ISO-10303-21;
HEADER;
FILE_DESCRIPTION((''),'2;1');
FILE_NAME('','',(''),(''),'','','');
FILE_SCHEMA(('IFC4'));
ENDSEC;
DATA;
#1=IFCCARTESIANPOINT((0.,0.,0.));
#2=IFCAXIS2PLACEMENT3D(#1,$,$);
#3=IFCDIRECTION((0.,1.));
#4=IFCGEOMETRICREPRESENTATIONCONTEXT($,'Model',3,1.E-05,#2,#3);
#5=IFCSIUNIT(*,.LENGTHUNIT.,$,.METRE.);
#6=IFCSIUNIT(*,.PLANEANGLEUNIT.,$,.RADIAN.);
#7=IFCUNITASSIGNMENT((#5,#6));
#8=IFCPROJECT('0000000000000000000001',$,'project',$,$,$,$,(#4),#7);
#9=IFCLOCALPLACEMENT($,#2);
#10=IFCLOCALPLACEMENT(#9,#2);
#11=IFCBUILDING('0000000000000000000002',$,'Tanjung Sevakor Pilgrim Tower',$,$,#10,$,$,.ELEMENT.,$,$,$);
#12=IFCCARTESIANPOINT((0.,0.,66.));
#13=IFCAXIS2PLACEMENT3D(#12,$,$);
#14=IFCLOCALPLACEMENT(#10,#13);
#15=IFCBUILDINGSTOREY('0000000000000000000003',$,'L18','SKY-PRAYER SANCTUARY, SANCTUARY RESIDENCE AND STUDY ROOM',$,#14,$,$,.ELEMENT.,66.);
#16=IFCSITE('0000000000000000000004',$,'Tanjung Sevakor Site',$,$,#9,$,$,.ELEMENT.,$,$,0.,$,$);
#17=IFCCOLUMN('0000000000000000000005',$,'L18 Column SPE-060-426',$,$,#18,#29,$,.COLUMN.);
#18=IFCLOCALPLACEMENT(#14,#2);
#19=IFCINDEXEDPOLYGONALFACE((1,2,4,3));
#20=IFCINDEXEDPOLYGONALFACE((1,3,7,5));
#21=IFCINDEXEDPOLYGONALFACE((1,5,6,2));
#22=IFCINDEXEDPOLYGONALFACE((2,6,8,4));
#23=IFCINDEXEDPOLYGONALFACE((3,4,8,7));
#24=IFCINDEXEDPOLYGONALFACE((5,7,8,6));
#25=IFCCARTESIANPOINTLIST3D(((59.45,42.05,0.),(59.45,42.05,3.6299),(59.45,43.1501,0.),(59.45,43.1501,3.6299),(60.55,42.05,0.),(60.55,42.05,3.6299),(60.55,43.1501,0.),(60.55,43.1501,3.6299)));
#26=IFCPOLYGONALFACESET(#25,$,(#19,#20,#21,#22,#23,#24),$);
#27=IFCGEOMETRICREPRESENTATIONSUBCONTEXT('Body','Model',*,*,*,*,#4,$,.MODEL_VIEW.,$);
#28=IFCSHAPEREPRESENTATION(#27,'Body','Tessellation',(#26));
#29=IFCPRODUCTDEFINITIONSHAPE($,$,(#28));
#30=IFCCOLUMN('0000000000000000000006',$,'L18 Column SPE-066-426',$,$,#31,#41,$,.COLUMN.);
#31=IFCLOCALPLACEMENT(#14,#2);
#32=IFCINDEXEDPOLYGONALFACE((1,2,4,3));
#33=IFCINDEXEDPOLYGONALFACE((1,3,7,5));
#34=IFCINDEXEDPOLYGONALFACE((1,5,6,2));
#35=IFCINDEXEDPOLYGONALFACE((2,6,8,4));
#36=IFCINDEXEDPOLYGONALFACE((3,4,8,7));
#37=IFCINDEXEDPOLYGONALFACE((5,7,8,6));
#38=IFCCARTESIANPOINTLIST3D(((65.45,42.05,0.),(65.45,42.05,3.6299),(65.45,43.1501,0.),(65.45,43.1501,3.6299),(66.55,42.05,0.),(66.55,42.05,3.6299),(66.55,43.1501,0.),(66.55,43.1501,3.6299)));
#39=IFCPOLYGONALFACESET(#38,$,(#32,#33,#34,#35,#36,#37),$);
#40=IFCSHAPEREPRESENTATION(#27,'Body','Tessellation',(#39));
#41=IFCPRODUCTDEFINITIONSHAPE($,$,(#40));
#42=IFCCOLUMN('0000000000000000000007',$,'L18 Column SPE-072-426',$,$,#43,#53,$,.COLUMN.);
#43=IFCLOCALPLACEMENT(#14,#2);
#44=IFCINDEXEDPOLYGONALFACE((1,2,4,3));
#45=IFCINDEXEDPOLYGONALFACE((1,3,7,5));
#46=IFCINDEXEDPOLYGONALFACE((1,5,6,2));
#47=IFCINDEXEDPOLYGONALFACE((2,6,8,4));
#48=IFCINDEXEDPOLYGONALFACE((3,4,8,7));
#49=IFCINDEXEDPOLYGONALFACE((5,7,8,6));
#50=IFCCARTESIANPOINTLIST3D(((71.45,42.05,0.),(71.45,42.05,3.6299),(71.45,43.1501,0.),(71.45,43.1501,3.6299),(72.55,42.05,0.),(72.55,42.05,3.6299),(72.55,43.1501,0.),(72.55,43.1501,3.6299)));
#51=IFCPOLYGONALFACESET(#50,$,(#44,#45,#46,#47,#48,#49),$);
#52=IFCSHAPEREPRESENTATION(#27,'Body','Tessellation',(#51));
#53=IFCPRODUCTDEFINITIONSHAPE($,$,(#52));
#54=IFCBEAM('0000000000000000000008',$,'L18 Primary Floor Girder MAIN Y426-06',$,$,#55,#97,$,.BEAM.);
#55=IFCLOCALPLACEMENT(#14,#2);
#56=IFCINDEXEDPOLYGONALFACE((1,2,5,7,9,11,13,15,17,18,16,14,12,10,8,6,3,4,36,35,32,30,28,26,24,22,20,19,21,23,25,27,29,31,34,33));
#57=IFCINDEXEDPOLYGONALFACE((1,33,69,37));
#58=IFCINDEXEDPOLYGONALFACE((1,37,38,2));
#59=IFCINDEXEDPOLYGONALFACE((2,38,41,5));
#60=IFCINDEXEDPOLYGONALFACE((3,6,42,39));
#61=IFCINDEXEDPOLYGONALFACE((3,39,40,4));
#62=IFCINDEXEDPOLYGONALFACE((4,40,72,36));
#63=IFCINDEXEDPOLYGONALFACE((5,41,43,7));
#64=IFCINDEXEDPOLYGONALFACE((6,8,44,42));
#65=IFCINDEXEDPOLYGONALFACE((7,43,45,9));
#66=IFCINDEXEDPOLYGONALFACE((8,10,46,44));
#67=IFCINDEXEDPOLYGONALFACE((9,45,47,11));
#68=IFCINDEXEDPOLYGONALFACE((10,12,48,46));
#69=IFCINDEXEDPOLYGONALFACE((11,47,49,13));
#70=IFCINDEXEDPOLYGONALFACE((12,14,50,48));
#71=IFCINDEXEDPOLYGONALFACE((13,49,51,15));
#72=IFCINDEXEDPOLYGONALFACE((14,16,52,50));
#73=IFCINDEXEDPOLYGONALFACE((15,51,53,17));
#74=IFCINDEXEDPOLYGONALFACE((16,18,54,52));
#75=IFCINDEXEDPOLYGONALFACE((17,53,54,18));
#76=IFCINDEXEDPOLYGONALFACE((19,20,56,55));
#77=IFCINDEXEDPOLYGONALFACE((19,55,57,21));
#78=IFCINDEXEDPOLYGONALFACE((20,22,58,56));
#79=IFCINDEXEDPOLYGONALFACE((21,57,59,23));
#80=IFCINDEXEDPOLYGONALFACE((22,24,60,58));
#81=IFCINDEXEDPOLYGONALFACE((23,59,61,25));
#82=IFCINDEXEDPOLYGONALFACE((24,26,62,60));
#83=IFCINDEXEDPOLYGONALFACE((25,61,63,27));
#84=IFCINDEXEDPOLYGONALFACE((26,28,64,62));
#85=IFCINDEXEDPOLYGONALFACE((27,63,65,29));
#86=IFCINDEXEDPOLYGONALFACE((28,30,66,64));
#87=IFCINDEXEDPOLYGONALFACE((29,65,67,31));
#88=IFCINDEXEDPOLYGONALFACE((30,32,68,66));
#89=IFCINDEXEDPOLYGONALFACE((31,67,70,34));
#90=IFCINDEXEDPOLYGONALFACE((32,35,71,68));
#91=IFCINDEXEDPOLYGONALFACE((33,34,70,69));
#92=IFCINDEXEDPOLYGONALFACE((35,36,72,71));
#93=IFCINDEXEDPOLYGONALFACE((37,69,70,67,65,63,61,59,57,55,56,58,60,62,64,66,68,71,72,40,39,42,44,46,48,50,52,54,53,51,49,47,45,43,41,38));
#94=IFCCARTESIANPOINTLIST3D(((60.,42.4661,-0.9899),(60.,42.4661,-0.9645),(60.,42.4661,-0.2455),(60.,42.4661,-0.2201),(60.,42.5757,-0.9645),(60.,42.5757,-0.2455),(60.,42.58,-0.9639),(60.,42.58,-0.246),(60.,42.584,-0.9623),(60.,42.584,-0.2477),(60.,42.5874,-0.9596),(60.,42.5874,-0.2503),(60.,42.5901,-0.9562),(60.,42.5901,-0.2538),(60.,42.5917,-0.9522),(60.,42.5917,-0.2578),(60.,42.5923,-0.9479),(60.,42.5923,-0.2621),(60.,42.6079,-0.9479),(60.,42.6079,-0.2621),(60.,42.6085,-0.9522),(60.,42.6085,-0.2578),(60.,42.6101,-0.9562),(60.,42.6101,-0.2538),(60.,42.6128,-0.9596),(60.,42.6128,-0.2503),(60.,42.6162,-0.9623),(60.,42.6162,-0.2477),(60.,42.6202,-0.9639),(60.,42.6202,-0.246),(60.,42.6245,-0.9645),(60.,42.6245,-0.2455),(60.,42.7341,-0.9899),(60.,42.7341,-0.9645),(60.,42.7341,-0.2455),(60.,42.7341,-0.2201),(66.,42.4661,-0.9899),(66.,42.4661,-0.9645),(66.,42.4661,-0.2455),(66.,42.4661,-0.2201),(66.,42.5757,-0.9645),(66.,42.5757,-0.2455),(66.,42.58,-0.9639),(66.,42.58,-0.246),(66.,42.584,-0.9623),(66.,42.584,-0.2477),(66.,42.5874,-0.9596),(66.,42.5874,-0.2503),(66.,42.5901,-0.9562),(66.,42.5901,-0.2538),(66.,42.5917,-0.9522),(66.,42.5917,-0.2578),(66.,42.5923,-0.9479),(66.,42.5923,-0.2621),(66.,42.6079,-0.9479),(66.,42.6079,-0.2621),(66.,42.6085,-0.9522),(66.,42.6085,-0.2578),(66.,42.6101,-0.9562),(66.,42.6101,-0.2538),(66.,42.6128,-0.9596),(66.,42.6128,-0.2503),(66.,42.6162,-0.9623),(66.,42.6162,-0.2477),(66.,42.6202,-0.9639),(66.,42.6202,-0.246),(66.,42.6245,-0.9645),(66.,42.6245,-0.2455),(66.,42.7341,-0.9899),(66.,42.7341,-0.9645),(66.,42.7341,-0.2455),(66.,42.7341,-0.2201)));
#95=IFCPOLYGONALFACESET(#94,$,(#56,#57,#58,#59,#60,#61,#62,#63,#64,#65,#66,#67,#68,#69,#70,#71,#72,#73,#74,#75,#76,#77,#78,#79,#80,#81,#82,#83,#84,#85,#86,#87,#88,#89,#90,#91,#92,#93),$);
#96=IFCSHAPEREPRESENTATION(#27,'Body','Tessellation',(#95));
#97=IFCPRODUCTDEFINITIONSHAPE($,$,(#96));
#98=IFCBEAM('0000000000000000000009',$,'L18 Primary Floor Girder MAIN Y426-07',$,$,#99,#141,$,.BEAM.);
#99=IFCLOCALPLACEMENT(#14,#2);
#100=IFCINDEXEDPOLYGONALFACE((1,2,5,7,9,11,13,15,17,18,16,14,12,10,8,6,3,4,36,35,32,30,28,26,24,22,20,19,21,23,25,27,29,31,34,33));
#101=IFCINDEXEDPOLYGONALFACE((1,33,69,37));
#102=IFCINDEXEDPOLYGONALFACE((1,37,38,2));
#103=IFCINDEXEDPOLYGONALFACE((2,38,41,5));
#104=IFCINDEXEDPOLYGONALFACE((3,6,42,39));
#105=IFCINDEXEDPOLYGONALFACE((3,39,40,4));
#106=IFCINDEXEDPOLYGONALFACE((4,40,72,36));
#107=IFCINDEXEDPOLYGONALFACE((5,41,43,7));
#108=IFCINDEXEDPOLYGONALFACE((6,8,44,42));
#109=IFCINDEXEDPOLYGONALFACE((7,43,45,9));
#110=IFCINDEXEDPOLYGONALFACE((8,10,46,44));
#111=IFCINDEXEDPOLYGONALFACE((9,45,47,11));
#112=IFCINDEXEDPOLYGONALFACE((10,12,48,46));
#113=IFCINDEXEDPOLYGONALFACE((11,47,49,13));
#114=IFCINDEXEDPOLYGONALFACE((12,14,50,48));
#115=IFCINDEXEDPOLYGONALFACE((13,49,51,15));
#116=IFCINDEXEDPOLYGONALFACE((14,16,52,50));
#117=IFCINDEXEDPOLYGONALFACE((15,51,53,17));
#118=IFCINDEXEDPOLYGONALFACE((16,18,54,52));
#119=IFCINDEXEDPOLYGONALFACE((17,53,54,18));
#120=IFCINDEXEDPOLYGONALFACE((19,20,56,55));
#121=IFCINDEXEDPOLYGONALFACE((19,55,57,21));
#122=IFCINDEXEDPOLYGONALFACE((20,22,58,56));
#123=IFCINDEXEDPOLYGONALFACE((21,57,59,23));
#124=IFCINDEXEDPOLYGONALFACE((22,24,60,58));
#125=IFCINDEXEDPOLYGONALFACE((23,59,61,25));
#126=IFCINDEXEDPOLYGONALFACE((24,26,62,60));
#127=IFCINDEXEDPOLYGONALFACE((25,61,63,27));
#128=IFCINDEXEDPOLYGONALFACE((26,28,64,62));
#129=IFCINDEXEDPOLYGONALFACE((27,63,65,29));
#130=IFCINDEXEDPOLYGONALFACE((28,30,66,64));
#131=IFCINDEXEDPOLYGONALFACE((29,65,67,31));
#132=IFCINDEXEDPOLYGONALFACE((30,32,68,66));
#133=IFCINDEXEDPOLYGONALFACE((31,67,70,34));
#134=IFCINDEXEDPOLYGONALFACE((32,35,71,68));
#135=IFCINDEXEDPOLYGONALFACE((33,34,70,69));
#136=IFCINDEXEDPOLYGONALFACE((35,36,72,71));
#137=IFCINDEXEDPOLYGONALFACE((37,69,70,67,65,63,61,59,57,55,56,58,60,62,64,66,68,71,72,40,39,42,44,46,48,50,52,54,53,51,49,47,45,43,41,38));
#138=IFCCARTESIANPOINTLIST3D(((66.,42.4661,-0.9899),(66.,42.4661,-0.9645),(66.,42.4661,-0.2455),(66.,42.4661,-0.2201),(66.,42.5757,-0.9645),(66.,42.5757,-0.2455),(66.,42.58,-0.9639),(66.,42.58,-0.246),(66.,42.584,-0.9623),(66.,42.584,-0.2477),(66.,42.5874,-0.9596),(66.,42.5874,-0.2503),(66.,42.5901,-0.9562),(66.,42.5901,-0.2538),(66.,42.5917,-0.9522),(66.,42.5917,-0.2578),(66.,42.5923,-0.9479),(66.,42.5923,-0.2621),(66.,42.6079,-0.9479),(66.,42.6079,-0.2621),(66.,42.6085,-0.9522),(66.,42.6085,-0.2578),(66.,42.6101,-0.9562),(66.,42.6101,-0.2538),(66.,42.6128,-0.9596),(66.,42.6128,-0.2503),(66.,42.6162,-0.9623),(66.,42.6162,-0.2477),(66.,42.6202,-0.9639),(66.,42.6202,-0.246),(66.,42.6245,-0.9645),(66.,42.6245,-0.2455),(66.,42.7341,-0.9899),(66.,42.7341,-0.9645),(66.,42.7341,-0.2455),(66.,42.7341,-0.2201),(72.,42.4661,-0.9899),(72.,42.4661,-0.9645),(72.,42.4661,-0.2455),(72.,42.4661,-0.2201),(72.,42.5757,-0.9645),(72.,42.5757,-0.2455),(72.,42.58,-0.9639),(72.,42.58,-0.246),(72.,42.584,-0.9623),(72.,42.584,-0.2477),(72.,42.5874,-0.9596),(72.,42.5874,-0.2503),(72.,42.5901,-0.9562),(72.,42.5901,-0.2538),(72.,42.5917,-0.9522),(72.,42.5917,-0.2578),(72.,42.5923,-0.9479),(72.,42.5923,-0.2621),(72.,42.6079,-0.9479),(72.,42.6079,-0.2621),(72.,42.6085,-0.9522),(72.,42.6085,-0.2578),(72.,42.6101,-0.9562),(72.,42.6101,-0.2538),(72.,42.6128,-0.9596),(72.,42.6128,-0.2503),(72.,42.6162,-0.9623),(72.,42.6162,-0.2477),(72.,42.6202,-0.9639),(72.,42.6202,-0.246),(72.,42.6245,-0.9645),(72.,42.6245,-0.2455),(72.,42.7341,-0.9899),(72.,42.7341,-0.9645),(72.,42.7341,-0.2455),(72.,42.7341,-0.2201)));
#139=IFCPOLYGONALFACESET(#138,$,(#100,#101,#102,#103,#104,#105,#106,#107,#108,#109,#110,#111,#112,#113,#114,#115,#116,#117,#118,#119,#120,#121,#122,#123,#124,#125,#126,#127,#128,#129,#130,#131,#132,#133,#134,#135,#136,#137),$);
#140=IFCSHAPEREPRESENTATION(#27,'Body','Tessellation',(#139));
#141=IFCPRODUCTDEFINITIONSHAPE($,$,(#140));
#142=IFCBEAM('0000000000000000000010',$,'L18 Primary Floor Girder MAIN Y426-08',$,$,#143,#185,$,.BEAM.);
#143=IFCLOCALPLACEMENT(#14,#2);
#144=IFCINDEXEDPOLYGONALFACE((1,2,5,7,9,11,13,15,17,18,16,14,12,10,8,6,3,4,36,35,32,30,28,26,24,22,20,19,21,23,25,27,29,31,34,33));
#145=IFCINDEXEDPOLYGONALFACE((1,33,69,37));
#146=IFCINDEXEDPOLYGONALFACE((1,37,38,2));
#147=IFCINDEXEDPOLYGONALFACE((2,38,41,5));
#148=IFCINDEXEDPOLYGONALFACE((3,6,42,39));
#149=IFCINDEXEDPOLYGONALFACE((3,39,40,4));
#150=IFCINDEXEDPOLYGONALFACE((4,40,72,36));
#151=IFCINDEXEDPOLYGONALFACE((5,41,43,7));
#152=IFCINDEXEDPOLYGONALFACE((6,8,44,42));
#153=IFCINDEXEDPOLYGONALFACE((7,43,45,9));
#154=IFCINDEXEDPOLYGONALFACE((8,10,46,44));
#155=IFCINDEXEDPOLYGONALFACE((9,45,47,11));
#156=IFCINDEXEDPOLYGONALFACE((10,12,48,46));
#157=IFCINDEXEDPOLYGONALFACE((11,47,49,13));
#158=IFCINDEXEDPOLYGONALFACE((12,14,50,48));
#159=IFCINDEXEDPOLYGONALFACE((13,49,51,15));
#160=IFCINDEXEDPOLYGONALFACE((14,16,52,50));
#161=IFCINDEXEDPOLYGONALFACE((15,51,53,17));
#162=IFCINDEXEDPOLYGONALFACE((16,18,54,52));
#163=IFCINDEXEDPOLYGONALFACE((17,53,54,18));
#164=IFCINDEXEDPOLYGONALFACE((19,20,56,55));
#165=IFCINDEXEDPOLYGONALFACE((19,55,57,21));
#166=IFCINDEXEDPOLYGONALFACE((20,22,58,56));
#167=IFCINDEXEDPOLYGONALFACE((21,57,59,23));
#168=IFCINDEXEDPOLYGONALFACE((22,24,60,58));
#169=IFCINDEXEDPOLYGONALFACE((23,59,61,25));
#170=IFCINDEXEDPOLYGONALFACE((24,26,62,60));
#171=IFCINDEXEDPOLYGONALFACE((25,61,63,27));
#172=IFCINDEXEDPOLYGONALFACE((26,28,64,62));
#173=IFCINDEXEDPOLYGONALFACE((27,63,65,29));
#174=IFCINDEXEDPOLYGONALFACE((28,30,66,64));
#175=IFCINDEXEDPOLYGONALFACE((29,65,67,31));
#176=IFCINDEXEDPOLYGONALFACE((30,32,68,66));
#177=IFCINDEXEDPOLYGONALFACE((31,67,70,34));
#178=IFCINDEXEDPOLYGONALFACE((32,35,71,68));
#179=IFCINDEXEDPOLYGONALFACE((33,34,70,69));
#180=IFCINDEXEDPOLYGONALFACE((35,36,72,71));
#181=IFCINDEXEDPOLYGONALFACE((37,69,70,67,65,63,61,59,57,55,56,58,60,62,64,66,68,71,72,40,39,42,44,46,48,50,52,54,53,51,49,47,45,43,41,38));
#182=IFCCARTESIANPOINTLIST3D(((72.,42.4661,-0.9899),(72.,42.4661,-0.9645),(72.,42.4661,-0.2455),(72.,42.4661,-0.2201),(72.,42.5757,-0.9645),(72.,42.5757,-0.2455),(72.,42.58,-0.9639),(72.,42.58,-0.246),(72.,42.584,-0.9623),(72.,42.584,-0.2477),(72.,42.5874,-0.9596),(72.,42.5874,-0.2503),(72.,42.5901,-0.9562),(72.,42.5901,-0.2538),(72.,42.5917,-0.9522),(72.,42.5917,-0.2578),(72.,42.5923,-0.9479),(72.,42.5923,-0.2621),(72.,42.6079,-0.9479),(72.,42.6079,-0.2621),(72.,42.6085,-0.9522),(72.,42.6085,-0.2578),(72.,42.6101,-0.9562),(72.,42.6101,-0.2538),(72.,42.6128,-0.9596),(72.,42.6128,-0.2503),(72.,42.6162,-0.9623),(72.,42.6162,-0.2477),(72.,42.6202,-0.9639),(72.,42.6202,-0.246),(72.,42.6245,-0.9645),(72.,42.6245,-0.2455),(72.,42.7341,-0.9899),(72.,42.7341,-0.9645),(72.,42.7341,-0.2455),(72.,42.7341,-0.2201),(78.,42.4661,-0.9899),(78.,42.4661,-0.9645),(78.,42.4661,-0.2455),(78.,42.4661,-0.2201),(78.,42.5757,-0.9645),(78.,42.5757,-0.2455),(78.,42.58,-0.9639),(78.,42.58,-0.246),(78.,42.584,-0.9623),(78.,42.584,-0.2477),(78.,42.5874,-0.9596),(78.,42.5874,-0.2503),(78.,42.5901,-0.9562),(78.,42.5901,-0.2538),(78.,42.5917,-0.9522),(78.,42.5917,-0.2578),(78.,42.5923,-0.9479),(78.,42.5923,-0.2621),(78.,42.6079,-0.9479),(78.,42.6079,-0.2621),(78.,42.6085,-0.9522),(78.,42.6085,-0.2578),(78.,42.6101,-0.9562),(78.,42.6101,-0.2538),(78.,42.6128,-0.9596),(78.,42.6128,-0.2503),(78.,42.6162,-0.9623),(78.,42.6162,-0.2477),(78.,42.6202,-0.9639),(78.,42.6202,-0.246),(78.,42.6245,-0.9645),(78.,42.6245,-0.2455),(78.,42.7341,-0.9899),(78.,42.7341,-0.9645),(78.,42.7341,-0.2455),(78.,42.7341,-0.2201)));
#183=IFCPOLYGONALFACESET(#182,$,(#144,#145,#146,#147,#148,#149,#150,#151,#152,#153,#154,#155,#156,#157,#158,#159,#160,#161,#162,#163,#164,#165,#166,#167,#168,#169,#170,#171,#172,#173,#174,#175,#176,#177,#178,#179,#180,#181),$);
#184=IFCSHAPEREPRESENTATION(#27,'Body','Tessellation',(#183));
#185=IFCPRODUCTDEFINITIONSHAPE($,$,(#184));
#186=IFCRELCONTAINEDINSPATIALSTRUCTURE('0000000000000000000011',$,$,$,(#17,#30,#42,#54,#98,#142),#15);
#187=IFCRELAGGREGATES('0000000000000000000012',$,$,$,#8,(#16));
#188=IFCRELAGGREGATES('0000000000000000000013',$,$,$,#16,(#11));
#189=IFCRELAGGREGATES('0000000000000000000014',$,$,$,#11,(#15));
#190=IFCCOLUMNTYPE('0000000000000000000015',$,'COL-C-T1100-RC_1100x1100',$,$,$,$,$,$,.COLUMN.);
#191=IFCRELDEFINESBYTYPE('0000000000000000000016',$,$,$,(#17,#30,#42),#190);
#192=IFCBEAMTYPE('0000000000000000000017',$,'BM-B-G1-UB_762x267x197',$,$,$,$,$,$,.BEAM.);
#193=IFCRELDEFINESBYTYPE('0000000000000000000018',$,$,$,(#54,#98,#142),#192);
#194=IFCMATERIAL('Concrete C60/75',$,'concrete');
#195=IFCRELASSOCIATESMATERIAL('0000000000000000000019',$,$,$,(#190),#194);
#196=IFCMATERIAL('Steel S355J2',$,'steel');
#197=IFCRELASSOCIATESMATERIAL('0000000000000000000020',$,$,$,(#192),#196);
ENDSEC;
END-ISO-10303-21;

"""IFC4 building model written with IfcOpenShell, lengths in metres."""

from ifc_helpers import new_model, si_unit, direction, frame, origin, origin_2d, place, context, subcontext, project, spatial, rectangle, i_section, extrude, material, material_profile, profile_set, type_object, element, save


model = new_model("IFC4")

# Units and contexts
model_context = context("Model", 3, precision=1e-05, world=origin(), true_north=direction((0.0, 1.0)))
body_context = subcontext(model_context, "Body", "Model", "MODEL_VIEW")
ifc_project = project(units=[si_unit("LENGTHUNIT", "METRE"), si_unit("PLANEANGLEUNIT", "RADIAN")], contexts=[model_context])

# Site, building, storey
site_placement = place(None, origin())
site = spatial("IfcSite", under=ifc_project, at=site_placement, Name="Tanjung Sevakor Site", CompositionType="ELEMENT", RefElevation=0.0)
building_placement = place(site_placement, origin())
building = spatial("IfcBuilding", under=site, at=building_placement, Name="Tanjung Sevakor Pilgrim Tower", CompositionType="ELEMENT")
storey_placement = place(building_placement, frame((0.0, 0.0, 66.0)))
storey = spatial("IfcBuildingStorey", under=building, at=storey_placement, Name="L18", Description="SKY-PRAYER SANCTUARY, SANCTUARY RESIDENCE AND STUDY ROOM", CompositionType="ELEMENT", Elevation=66.0)

# Columns
ifc_material_1 = material(Name="Concrete C60/75", Category="concrete")
ifc_material_profile_1 = material_profile(ifc_material_1, rectangle(XDim=1.1001, YDim=1.1001, at=origin_2d()))
ifc_profile_set_1 = profile_set([ifc_material_profile_1], Name="Concrete C60/75")
column_type = type_object("IfcColumnType", Name="COL-C-T1100-RC_1100x1100", PredefinedType="COLUMN", material=ifc_profile_set_1)
for number, where, z_axis, x_axis, name in (
    (1, (60.0, 42.6001, 0.0), (0.0, 0.0, 1.0), (1.0, 0.0, 0.0), "L18 Column SPE-060-426"),
    (2, (66.0, 42.6001, 0.0), (0.0, 0.0, 1.0), (1.0, 0.0, 0.0), "L18 Column SPE-066-426"),
    (3, (72.0, 42.6001, 0.0), (0.0, 0.0, 1.0), (1.0, 0.0, 0.0), "L18 Column SPE-072-426"),
):
    element("IfcColumn", number, at=place(storey_placement, frame(where, z_axis=z_axis, x_axis=x_axis)), inside=storey, type_object=column_type, Name=name, PredefinedType="COLUMN", context=body_context, shape_type="SweptSolid", body=[
        extrude(rectangle(XDim=1.1001, YDim=1.1001, at=origin_2d()), origin(), (0.0, 0.0, 1.0), 3.6299),
    ])

# Beams
ifc_material_2 = material(Name="Steel S355J2", Category="steel")
ifc_material_profile_2 = material_profile(ifc_material_2, i_section(OverallWidth=0.2681, OverallDepth=0.7698, WebThickness=0.0156, FlangeThickness=0.0254, FilletRadius=0.0166, at=origin_2d()))
ifc_profile_set_2 = profile_set([ifc_material_profile_2], Name="Steel S355J2")
beam_type_1 = type_object("IfcBeamType", Name="BM-B-G1-UB_762x267x197", PredefinedType="BEAM", material=ifc_profile_set_2)
for number, where, z_axis, x_axis, name in (
    (4, (60.0, 42.6001, -0.605), (1.0, 0.0, 0.0), (0.0, 1.0, 0.0), "L18 Primary Floor Girder MAIN Y426-06"),
    (5, (66.0, 42.6001, -0.605), (1.0, 0.0, 0.0), (0.0, 1.0, 0.0), "L18 Primary Floor Girder MAIN Y426-07"),
    (6, (72.0, 42.6001, -0.605), (1.0, 0.0, 0.0), (0.0, 1.0, 0.0), "L18 Primary Floor Girder MAIN Y426-08"),
):
    element("IfcBeam", number, at=place(storey_placement, frame(where, z_axis=z_axis, x_axis=x_axis)), inside=storey, type_object=beam_type_1, Name=name, PredefinedType="BEAM", context=body_context, shape_type="SweptSolid", body=[
        extrude(i_section(OverallWidth=0.2681, OverallDepth=0.7698, WebThickness=0.0156, FlangeThickness=0.0254, FilletRadius=0.0166, at=origin_2d()), origin(), (0.0, 0.0, 1.0), 6.0),
    ])

save(model, "model.ifc")
